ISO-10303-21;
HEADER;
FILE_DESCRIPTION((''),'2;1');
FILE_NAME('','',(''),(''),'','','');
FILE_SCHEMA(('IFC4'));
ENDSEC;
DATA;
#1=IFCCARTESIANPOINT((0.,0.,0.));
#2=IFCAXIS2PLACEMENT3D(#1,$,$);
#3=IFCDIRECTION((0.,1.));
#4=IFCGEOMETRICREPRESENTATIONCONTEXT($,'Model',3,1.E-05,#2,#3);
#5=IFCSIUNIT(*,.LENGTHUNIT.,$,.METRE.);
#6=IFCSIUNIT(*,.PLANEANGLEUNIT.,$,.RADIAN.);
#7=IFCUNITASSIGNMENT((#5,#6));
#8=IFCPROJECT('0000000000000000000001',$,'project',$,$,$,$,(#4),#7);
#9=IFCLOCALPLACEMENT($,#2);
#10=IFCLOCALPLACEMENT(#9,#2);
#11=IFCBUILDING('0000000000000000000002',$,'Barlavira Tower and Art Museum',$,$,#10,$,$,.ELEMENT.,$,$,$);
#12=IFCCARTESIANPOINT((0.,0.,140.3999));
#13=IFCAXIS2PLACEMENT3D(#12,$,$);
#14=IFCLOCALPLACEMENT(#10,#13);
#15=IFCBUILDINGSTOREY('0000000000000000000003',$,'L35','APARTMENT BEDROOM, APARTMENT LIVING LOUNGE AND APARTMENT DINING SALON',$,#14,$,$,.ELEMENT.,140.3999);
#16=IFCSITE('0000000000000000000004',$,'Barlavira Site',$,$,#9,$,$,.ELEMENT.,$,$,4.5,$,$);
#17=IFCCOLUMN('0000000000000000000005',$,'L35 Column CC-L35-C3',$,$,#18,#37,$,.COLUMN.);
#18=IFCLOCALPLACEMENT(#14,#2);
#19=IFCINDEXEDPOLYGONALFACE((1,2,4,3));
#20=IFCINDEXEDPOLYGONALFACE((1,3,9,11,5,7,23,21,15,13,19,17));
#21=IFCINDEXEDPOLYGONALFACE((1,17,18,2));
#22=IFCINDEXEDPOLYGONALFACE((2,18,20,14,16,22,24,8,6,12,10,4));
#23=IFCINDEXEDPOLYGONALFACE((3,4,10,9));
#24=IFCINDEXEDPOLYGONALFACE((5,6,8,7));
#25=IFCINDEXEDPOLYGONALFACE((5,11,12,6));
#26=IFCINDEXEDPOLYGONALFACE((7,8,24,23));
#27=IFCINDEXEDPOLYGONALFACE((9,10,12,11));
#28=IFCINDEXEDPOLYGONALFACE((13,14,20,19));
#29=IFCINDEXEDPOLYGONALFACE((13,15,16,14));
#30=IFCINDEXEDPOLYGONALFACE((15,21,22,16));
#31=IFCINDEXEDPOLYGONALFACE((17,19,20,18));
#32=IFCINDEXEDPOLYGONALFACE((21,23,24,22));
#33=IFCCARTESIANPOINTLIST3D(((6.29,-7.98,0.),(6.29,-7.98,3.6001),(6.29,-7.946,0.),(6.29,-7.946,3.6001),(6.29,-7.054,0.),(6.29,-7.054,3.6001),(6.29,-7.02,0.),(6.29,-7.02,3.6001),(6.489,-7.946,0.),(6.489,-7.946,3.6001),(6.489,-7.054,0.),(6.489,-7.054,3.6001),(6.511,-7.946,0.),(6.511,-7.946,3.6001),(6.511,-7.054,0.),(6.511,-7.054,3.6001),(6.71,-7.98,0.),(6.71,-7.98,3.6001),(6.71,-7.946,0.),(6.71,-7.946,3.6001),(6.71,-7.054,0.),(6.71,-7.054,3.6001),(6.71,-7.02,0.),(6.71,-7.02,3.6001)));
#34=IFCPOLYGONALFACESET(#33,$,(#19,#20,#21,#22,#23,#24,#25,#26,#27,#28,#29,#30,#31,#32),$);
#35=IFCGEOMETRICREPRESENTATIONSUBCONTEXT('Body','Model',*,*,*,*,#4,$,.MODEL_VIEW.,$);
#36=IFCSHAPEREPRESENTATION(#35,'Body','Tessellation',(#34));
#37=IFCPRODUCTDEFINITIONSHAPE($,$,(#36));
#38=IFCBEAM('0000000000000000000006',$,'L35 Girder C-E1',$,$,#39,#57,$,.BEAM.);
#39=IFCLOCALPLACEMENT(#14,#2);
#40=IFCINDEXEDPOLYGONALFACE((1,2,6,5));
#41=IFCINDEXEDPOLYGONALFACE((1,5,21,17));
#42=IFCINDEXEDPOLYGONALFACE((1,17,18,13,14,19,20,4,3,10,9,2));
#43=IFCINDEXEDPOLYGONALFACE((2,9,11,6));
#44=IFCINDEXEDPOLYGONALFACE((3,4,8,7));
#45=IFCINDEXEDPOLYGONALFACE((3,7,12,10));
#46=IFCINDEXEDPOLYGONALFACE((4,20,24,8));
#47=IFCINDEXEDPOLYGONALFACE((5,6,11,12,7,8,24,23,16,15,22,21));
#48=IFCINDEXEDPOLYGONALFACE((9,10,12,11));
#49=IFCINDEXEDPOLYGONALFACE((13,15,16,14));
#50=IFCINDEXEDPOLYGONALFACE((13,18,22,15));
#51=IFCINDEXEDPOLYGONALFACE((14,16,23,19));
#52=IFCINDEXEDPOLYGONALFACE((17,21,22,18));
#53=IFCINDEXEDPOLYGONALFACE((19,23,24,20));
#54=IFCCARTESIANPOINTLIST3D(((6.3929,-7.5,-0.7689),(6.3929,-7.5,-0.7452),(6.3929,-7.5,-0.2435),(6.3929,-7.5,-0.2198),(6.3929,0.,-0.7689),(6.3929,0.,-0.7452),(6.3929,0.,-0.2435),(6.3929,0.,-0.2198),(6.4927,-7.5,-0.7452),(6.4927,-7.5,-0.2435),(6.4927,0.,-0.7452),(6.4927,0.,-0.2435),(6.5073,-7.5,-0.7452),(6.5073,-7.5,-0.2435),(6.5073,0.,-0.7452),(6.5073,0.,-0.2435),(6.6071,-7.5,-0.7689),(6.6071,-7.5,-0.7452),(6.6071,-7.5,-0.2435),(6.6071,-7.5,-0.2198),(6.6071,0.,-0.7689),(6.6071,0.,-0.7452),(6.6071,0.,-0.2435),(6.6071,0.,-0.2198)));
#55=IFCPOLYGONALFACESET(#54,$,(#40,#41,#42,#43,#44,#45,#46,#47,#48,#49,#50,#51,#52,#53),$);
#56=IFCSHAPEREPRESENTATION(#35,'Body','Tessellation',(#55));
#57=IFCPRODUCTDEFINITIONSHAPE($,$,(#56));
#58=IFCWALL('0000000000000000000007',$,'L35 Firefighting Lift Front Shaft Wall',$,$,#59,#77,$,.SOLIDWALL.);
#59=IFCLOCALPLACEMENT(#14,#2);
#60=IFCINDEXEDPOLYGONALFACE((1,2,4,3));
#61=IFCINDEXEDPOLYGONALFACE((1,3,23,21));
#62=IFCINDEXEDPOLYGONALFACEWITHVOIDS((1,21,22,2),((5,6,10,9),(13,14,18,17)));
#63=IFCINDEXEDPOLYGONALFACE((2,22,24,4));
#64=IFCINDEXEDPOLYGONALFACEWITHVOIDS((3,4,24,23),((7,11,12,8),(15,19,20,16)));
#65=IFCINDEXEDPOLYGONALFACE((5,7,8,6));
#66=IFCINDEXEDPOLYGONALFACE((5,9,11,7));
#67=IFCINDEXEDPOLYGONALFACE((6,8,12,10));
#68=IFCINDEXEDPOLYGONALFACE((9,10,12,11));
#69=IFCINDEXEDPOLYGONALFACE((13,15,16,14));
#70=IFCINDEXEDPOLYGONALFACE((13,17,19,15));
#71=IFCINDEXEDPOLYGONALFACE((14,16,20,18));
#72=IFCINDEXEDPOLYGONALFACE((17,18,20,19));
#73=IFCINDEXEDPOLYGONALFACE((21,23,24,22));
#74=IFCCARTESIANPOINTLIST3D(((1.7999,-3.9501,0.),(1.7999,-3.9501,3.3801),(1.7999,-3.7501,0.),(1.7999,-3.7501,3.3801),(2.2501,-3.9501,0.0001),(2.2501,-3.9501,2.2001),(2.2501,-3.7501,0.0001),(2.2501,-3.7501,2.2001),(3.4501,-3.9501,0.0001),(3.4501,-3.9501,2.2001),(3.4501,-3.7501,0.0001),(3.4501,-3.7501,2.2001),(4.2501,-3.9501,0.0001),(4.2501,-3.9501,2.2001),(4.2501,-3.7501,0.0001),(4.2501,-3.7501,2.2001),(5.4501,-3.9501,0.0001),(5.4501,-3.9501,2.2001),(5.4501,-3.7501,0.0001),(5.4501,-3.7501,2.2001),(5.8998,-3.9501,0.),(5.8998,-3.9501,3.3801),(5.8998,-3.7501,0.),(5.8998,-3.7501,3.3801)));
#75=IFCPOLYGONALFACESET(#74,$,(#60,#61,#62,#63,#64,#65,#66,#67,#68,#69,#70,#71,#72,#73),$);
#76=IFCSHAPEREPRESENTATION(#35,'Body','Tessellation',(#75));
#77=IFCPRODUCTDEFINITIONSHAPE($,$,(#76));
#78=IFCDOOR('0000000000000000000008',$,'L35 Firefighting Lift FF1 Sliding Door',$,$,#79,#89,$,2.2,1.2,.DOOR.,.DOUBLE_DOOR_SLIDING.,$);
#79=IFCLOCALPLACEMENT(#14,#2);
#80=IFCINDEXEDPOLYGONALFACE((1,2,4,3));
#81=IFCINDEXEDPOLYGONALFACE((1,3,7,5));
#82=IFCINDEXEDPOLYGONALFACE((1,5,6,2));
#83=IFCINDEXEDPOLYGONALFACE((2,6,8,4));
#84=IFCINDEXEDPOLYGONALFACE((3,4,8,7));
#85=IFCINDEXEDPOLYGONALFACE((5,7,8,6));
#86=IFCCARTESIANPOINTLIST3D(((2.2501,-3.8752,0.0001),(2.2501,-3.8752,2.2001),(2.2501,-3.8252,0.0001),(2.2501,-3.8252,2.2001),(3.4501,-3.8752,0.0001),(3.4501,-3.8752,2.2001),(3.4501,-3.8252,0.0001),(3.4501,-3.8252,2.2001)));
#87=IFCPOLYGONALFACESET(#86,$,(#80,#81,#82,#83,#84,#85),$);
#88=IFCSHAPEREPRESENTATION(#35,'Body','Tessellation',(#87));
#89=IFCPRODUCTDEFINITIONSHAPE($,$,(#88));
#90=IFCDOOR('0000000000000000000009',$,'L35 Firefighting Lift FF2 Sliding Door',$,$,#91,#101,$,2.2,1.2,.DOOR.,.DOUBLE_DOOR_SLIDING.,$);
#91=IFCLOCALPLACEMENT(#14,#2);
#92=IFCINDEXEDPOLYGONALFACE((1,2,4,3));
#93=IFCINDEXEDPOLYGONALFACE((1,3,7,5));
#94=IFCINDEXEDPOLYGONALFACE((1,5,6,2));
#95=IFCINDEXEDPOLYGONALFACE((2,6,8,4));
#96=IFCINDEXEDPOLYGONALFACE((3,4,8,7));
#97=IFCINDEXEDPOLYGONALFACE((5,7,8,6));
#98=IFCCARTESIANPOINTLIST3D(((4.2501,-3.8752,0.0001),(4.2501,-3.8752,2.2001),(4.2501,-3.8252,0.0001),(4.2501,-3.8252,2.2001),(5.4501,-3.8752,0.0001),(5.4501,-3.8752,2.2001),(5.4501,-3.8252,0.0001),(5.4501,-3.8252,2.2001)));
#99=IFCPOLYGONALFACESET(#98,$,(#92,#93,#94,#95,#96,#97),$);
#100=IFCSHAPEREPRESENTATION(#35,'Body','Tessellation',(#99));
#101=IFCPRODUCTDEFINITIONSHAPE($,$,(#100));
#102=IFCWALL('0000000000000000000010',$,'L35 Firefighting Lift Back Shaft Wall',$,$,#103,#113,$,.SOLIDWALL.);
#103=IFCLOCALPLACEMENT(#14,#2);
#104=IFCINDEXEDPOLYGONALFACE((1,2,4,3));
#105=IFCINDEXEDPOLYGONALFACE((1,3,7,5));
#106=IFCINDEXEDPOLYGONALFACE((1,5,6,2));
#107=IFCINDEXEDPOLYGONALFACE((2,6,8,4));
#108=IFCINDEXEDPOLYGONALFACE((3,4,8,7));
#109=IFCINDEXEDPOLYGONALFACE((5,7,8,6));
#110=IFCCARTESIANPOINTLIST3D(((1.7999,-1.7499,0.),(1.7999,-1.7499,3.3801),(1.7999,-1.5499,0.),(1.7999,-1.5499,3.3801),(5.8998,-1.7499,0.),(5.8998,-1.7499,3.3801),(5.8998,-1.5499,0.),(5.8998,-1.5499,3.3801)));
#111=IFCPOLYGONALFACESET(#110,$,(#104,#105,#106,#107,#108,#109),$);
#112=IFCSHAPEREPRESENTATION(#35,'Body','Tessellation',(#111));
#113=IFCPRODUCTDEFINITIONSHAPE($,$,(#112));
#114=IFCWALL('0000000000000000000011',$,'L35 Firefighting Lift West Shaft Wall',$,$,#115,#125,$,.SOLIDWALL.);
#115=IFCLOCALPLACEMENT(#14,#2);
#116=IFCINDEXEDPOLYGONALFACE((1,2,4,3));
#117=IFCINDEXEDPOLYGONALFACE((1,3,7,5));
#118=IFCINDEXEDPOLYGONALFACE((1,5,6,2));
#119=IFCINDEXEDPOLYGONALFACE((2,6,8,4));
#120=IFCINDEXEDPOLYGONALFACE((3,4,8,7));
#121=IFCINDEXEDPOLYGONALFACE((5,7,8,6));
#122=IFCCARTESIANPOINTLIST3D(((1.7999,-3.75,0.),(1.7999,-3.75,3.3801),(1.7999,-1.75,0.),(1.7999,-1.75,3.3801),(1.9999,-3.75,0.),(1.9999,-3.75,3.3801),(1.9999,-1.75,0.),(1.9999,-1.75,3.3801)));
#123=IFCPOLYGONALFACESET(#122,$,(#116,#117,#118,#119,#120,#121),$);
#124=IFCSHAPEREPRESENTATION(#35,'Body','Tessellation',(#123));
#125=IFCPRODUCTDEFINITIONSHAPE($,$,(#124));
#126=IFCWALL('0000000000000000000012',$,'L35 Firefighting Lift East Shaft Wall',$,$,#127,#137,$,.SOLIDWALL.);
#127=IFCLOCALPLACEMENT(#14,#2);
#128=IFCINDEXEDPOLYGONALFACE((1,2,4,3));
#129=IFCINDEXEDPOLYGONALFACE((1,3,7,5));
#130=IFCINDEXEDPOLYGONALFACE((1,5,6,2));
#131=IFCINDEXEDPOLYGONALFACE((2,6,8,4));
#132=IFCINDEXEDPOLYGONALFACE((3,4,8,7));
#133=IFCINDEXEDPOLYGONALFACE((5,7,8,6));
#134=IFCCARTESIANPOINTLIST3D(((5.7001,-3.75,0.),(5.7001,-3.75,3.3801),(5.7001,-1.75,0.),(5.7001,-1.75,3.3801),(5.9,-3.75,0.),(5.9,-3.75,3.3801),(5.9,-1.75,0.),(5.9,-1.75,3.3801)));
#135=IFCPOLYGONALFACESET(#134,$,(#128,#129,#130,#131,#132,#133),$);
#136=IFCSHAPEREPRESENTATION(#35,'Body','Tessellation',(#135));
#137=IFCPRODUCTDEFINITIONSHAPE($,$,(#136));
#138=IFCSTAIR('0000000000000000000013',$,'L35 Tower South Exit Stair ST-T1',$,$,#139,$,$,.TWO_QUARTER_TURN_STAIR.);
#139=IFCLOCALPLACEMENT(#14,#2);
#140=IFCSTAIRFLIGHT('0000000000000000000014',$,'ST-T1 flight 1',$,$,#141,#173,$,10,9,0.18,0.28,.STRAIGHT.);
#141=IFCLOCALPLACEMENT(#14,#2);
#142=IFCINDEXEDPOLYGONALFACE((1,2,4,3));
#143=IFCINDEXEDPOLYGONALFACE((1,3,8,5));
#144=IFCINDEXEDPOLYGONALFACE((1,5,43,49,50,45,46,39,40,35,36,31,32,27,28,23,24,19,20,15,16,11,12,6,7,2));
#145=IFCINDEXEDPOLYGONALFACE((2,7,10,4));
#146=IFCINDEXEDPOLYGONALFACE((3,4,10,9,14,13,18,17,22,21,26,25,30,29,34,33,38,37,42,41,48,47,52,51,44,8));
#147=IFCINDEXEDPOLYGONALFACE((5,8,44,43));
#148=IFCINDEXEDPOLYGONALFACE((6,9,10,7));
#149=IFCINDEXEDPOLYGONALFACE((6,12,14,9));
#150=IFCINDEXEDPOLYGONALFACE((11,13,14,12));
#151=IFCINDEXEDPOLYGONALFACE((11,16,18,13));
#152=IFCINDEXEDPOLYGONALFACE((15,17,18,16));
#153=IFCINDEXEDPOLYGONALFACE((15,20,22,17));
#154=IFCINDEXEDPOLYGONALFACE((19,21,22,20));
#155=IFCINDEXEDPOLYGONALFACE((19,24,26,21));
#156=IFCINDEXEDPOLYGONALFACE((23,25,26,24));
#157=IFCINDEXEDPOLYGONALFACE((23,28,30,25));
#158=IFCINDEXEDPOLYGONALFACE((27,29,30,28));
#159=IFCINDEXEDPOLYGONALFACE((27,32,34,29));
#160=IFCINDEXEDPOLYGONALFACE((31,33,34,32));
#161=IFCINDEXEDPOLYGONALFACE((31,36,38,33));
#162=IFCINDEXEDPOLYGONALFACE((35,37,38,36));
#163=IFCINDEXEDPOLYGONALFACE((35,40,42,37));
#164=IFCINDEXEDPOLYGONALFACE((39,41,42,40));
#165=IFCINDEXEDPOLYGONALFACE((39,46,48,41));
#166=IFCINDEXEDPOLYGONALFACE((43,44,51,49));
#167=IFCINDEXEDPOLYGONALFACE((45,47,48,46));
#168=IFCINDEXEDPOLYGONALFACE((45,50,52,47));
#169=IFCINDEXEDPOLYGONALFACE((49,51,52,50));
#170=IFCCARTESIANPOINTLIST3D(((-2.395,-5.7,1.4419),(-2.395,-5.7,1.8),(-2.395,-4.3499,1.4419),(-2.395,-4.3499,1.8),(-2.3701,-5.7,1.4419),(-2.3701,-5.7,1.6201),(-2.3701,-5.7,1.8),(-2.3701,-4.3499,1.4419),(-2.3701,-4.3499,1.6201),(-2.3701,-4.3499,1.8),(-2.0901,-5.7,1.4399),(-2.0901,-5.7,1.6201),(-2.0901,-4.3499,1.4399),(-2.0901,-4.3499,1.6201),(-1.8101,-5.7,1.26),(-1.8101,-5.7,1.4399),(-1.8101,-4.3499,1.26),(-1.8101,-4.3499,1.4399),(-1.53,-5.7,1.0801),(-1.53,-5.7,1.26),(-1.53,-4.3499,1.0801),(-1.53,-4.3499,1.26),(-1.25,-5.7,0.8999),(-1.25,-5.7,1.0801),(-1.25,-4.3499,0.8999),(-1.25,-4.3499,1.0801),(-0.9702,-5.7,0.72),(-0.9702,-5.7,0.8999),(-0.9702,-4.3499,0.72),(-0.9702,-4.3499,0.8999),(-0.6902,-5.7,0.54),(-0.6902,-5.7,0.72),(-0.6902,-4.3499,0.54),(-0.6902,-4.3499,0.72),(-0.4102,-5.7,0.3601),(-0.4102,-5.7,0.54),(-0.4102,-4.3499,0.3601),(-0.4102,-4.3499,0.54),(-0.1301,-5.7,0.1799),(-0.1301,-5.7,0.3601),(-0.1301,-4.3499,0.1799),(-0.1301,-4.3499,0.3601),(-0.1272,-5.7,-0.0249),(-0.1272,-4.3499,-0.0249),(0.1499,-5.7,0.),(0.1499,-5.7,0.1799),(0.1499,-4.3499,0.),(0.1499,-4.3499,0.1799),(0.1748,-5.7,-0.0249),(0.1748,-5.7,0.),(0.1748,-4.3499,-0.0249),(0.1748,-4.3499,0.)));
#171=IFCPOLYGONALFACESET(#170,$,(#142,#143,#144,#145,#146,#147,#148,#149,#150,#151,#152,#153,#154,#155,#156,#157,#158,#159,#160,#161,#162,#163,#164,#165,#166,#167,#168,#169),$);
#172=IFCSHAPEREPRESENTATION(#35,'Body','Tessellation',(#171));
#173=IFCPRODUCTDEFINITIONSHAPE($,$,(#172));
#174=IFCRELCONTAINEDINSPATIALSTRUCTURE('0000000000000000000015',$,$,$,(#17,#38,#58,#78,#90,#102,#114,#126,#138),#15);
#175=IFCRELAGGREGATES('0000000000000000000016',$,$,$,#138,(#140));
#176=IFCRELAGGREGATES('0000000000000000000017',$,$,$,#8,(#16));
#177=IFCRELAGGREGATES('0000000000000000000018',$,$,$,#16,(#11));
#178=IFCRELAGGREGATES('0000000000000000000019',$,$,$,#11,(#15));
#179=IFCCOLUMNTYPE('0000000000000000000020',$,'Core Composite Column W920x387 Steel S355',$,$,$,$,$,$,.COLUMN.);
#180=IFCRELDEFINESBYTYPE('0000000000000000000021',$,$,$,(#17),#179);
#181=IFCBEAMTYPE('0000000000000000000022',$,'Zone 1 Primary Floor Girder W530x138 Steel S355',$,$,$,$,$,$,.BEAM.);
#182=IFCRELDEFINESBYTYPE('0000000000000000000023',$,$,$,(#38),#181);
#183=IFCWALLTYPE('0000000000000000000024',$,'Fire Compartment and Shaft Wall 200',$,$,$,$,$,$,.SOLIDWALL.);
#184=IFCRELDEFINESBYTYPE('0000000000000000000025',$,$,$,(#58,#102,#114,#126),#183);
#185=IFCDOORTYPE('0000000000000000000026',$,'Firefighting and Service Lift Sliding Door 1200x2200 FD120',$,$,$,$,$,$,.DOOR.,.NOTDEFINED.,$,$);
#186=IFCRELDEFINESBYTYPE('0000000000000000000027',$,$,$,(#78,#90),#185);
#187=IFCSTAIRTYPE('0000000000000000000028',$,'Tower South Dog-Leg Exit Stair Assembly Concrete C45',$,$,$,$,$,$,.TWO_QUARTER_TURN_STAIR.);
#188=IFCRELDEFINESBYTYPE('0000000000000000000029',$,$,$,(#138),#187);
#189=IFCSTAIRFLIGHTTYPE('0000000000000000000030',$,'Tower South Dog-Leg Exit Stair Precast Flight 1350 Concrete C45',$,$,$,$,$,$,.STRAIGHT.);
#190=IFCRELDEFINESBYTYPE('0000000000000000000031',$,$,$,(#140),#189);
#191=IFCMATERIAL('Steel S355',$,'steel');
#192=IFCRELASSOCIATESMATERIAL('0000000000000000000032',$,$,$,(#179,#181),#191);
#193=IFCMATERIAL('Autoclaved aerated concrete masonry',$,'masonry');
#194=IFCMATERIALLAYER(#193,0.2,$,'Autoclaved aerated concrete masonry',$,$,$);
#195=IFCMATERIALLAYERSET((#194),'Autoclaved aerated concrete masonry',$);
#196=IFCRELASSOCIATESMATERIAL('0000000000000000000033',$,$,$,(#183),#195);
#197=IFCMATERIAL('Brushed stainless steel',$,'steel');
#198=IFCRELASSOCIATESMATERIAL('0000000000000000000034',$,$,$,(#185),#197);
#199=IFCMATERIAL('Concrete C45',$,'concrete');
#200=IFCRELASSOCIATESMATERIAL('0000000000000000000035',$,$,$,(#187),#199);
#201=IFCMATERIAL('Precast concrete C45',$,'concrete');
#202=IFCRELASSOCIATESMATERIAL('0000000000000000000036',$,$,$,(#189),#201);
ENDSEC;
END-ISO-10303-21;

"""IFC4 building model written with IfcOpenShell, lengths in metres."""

from ifc_helpers import new_model, si_unit, direction, frame, frame_2d, origin, origin_2d, place, context, subcontext, project, spatial, polyline, rectangle, i_section, outline, extrude, material, layer, layer_set, material_profile, profile_set, type_object, element, fill, aggregate, save


model = new_model("IFC4")

# Units and contexts
model_context = context("Model", 3, precision=1e-05, world=origin(), true_north=direction((0.0, 1.0)))
body_context = subcontext(model_context, "Body", "Model", "MODEL_VIEW")
ifc_project = project(units=[si_unit("LENGTHUNIT", "METRE"), si_unit("PLANEANGLEUNIT", "RADIAN")], contexts=[model_context])

# Site, building, storey
site_placement = place(None, origin())
site = spatial("IfcSite", under=ifc_project, at=site_placement, Name="Barlavira Site", CompositionType="ELEMENT", RefElevation=4.5)
building_placement = place(site_placement, origin())
building = spatial("IfcBuilding", under=site, at=building_placement, Name="Barlavira Tower and Art Museum", CompositionType="ELEMENT")
storey_placement = place(building_placement, frame((0.0, 0.0, 140.3999)))
storey = spatial("IfcBuildingStorey", under=building, at=storey_placement, Name="L35", Description="APARTMENT BEDROOM, APARTMENT LIVING LOUNGE AND APARTMENT DINING SALON", CompositionType="ELEMENT", Elevation=140.3999)

# Column
ifc_material_1 = material(Name="Steel S355", Category="steel")
ifc_material_profile_1 = material_profile(ifc_material_1, i_section(OverallWidth=0.4199, OverallDepth=0.96, WebThickness=0.022, FlangeThickness=0.0339, at=origin_2d()), Name="W920x387.0")
ifc_profile_set_1 = profile_set([ifc_material_profile_1], Name="Steel S355")
column_type = type_object("IfcColumnType", Name="Core Composite Column W920x387 Steel S355", PredefinedType="COLUMN", material=ifc_profile_set_1)
column_placement = place(storey_placement, frame((6.5, -7.5, 0.0), z_axis=(0.0, 0.0, 1.0), x_axis=(1.0, 0.0, 0.0)))
element("IfcColumn", 1, at=column_placement, inside=storey, type_object=column_type, Name="L35 Column CC-L35-C3", PredefinedType="COLUMN", context=body_context, shape_type="SweptSolid", body=[
    extrude(i_section(OverallWidth=0.4199, OverallDepth=0.96, WebThickness=0.022, FlangeThickness=0.0339, at=origin_2d()), origin(), (0.0, 0.0, 1.0), 3.6001),
])

# Beam
ifc_material_profile_2 = material_profile(ifc_material_1, i_section(OverallWidth=0.2141, OverallDepth=0.5491, WebThickness=0.0146, FlangeThickness=0.0237, at=origin_2d()), Name="W530x138.0")
ifc_profile_set_2 = profile_set([ifc_material_profile_2], Name="Steel S355")
beam_type = type_object("IfcBeamType", Name="Zone 1 Primary Floor Girder W530x138 Steel S355", PredefinedType="BEAM", material=ifc_profile_set_2)
beam_placement = place(storey_placement, frame((6.5, -7.5, -0.4944), z_axis=(0.0, 1.0, 0.0), x_axis=(-1.0, 0.0, 0.0)))
element("IfcBeam", 2, at=beam_placement, inside=storey, type_object=beam_type, Name="L35 Girder C-E1", PredefinedType="BEAM", context=body_context, shape_type="SweptSolid", body=[
    extrude(i_section(OverallWidth=0.2141, OverallDepth=0.5491, WebThickness=0.0146, FlangeThickness=0.0237, at=origin_2d()), origin(), (0.0, 0.0, 1.0), 7.5),
])

# Wall, openings, doors
ifc_material_2 = material(Name="Autoclaved aerated concrete masonry", Category="masonry")
ifc_layer_1 = layer(ifc_material_2, 0.2, Name="Autoclaved aerated concrete masonry")
ifc_layer_set_1 = layer_set([ifc_layer_1], Name="Autoclaved aerated concrete masonry")
wall_type_1 = type_object("IfcWallType", Name="Fire Compartment and Shaft Wall 200", PredefinedType="SOLIDWALL", material=ifc_layer_set_1)
ifc_material_3 = material(Name="Brushed stainless steel", Category="steel")
wall_1_placement = place(storey_placement, frame((1.8, -3.8501, 0.0), z_axis=(0.0, 0.0, 1.0), x_axis=(1.0, 0.0, 0.0)))
wall_1 = element("IfcWall", 3, at=wall_1_placement, inside=storey, type_object=wall_type_1, Name="L35 Firefighting Lift Front Shaft Wall", PredefinedType="SOLIDWALL", context=body_context, shape_type="SweptSolid", body=[
    extrude(rectangle(XDim=4.0999, YDim=0.2, at=frame_2d((2.0498, 0.0))), origin(), (0.0, 0.0, 1.0), 3.3801),
])
opening_1_placement = place(wall_1_placement, frame((0.45, 0.0, 0.0)))
opening_1 = element("IfcOpeningElement", 4, at=opening_1_placement, cuts=wall_1, PredefinedType="OPENING", context=body_context, shape_type="SweptSolid", body=[
    extrude(rectangle(XDim=1.2, YDim=2.2, at=frame_2d((0.6001, 1.1001))), frame((0.0, 0.1099, 0.0), z_axis=(0.0, -1.0, 0.0), x_axis=(1.0, 0.0, 0.0)), (0.0, 0.0, 1.0), 0.22),
])
opening_2_placement = place(wall_1_placement, frame((2.45, 0.0, 0.0)))
opening_2 = element("IfcOpeningElement", 5, at=opening_2_placement, cuts=wall_1, PredefinedType="OPENING", context=body_context, shape_type="SweptSolid", body=[
    extrude(rectangle(XDim=1.2, YDim=2.2, at=frame_2d((0.6001, 1.1001))), frame((0.0, 0.1099, 0.0), z_axis=(0.0, -1.0, 0.0), x_axis=(1.0, 0.0, 0.0)), (0.0, 0.0, 1.0), 0.22),
])
door_type_1 = type_object("IfcDoorType", Name="Firefighting and Service Lift Sliding Door 1200x2200 FD120", OperationType="NOTDEFINED", PredefinedType="DOOR", material=ifc_material_3)
door_1_placement = place(opening_1_placement, origin())
door_1 = element("IfcDoor", 6, at=door_1_placement, inside=storey, type_object=door_type_1, Name="L35 Firefighting Lift FF1 Sliding Door", OperationType="DOUBLE_DOOR_SLIDING", OverallHeight=2.2, OverallWidth=1.2, PredefinedType="DOOR", context=body_context, shape_type="SweptSolid", body=[
    extrude(rectangle(XDim=1.2, YDim=2.2, at=frame_2d((0.6001, 1.1001))), frame((0.0, 0.0249, 0.0), z_axis=(0.0, -1.0, 0.0), x_axis=(1.0, 0.0, 0.0)), (0.0, 0.0, 1.0), 0.05),
])
fill(opening_1, door_1)
door_2_placement = place(opening_2_placement, origin())
door_2 = element("IfcDoor", 7, at=door_2_placement, inside=storey, type_object=door_type_1, Name="L35 Firefighting Lift FF2 Sliding Door", OperationType="DOUBLE_DOOR_SLIDING", OverallHeight=2.2, OverallWidth=1.2, PredefinedType="DOOR", context=body_context, shape_type="SweptSolid", body=[
    extrude(rectangle(XDim=1.2, YDim=2.2, at=frame_2d((0.6001, 1.1001))), frame((0.0, 0.0249, 0.0), z_axis=(0.0, -1.0, 0.0), x_axis=(1.0, 0.0, 0.0)), (0.0, 0.0, 1.0), 0.05),
])
fill(opening_2, door_2)

# Walls
wall_2_placement = place(storey_placement, frame((1.8, -1.6499, 0.0), z_axis=(0.0, 0.0, 1.0), x_axis=(1.0, 0.0, 0.0)))
element("IfcWall", 8, at=wall_2_placement, inside=storey, type_object=wall_type_1, Name="L35 Firefighting Lift Back Shaft Wall", PredefinedType="SOLIDWALL", context=body_context, shape_type="SweptSolid", body=[
    extrude(rectangle(XDim=4.0999, YDim=0.2, at=frame_2d((2.0498, 0.0))), origin(), (0.0, 0.0, 1.0), 3.3801),
])
for number, where, z_axis, x_axis, name in (
    (9, (1.8999, -3.75, 0.0), (0.0, 0.0, 1.0), (0.0, 1.0, 0.0), "L35 Firefighting Lift West Shaft Wall"),
    (10, (5.8, -3.75, 0.0), (0.0, 0.0, 1.0), (0.0, 1.0, 0.0), "L35 Firefighting Lift East Shaft Wall"),
):
    element("IfcWall", number, at=place(storey_placement, frame(where, z_axis=z_axis, x_axis=x_axis)), inside=storey, type_object=wall_type_1, Name=name, PredefinedType="SOLIDWALL", context=body_context, shape_type="SweptSolid", body=[
        extrude(rectangle(XDim=2.0, YDim=0.2, at=frame_2d((1.0, 0.0))), origin(), (0.0, 0.0, 1.0), 3.3801),
    ])

# Stair, stair flight
ifc_material_4 = material(Name="Concrete C45", Category="concrete")
stair_type = type_object("IfcStairType", Name="Tower South Dog-Leg Exit Stair Assembly Concrete C45", PredefinedType="TWO_QUARTER_TURN_STAIR", material=ifc_material_4)
stair_placement = place(storey_placement, origin())
stair = element("IfcStair", 11, at=stair_placement, inside=storey, type_object=stair_type, Name="L35 Tower South Exit Stair ST-T1", PredefinedType="TWO_QUARTER_TURN_STAIR")
ifc_material_5 = material(Name="Precast concrete C45", Category="concrete")
stair_flight_type = type_object("IfcStairFlightType", Name="Tower South Dog-Leg Exit Stair Precast Flight 1350 Concrete C45", PredefinedType="STRAIGHT", material=ifc_material_5)
stair_flight_placement = place(storey_placement, frame((0.1499, -5.0249, 0.0), z_axis=(0.0, 0.0, 1.0), x_axis=(-1.0, 0.0, 0.0)))
stair_flight = element("IfcStairFlight", 12, at=stair_flight_placement, type_object=stair_flight_type, Name="ST-T1 flight 1", NumberOfRisers=10, NumberOfTreads=9, PredefinedType="STRAIGHT", RiserHeight=0.18, TreadLength=0.28, context=body_context, shape_type="SweptSolid", body=[
    extrude(outline(polyline([(-0.0249, 0.0), (0.0, 0.0), (0.0, 0.1799), (0.28, 0.1799), (0.28, 0.3601), (0.5601, 0.3601), (0.5601, 0.54), (0.8401, 0.54), (0.8401, 0.72), (1.1201, 0.72), (1.1201, 0.8999), (1.3999, 0.8999), (1.3999, 1.0801), (1.6799, 1.0801), (1.6799, 1.26), (1.96, 1.26), (1.96, 1.4399), (2.24, 1.4399), (2.24, 1.6201), (2.52, 1.6201), (2.52, 1.8), (2.5449, 1.8), (2.5449, 1.4419), (2.52, 1.4419), (0.2771, -0.0249), (-0.0249, -0.0249), (-0.0249, 0.0)])), frame((0.0, 0.675, 0.0), z_axis=(0.0, -1.0, 0.0), x_axis=(1.0, 0.0, 0.0)), (0.0, 0.0, 1.0), 1.3501),
])
aggregate(stair, [stair_flight])

save(model, "model.ifc")
